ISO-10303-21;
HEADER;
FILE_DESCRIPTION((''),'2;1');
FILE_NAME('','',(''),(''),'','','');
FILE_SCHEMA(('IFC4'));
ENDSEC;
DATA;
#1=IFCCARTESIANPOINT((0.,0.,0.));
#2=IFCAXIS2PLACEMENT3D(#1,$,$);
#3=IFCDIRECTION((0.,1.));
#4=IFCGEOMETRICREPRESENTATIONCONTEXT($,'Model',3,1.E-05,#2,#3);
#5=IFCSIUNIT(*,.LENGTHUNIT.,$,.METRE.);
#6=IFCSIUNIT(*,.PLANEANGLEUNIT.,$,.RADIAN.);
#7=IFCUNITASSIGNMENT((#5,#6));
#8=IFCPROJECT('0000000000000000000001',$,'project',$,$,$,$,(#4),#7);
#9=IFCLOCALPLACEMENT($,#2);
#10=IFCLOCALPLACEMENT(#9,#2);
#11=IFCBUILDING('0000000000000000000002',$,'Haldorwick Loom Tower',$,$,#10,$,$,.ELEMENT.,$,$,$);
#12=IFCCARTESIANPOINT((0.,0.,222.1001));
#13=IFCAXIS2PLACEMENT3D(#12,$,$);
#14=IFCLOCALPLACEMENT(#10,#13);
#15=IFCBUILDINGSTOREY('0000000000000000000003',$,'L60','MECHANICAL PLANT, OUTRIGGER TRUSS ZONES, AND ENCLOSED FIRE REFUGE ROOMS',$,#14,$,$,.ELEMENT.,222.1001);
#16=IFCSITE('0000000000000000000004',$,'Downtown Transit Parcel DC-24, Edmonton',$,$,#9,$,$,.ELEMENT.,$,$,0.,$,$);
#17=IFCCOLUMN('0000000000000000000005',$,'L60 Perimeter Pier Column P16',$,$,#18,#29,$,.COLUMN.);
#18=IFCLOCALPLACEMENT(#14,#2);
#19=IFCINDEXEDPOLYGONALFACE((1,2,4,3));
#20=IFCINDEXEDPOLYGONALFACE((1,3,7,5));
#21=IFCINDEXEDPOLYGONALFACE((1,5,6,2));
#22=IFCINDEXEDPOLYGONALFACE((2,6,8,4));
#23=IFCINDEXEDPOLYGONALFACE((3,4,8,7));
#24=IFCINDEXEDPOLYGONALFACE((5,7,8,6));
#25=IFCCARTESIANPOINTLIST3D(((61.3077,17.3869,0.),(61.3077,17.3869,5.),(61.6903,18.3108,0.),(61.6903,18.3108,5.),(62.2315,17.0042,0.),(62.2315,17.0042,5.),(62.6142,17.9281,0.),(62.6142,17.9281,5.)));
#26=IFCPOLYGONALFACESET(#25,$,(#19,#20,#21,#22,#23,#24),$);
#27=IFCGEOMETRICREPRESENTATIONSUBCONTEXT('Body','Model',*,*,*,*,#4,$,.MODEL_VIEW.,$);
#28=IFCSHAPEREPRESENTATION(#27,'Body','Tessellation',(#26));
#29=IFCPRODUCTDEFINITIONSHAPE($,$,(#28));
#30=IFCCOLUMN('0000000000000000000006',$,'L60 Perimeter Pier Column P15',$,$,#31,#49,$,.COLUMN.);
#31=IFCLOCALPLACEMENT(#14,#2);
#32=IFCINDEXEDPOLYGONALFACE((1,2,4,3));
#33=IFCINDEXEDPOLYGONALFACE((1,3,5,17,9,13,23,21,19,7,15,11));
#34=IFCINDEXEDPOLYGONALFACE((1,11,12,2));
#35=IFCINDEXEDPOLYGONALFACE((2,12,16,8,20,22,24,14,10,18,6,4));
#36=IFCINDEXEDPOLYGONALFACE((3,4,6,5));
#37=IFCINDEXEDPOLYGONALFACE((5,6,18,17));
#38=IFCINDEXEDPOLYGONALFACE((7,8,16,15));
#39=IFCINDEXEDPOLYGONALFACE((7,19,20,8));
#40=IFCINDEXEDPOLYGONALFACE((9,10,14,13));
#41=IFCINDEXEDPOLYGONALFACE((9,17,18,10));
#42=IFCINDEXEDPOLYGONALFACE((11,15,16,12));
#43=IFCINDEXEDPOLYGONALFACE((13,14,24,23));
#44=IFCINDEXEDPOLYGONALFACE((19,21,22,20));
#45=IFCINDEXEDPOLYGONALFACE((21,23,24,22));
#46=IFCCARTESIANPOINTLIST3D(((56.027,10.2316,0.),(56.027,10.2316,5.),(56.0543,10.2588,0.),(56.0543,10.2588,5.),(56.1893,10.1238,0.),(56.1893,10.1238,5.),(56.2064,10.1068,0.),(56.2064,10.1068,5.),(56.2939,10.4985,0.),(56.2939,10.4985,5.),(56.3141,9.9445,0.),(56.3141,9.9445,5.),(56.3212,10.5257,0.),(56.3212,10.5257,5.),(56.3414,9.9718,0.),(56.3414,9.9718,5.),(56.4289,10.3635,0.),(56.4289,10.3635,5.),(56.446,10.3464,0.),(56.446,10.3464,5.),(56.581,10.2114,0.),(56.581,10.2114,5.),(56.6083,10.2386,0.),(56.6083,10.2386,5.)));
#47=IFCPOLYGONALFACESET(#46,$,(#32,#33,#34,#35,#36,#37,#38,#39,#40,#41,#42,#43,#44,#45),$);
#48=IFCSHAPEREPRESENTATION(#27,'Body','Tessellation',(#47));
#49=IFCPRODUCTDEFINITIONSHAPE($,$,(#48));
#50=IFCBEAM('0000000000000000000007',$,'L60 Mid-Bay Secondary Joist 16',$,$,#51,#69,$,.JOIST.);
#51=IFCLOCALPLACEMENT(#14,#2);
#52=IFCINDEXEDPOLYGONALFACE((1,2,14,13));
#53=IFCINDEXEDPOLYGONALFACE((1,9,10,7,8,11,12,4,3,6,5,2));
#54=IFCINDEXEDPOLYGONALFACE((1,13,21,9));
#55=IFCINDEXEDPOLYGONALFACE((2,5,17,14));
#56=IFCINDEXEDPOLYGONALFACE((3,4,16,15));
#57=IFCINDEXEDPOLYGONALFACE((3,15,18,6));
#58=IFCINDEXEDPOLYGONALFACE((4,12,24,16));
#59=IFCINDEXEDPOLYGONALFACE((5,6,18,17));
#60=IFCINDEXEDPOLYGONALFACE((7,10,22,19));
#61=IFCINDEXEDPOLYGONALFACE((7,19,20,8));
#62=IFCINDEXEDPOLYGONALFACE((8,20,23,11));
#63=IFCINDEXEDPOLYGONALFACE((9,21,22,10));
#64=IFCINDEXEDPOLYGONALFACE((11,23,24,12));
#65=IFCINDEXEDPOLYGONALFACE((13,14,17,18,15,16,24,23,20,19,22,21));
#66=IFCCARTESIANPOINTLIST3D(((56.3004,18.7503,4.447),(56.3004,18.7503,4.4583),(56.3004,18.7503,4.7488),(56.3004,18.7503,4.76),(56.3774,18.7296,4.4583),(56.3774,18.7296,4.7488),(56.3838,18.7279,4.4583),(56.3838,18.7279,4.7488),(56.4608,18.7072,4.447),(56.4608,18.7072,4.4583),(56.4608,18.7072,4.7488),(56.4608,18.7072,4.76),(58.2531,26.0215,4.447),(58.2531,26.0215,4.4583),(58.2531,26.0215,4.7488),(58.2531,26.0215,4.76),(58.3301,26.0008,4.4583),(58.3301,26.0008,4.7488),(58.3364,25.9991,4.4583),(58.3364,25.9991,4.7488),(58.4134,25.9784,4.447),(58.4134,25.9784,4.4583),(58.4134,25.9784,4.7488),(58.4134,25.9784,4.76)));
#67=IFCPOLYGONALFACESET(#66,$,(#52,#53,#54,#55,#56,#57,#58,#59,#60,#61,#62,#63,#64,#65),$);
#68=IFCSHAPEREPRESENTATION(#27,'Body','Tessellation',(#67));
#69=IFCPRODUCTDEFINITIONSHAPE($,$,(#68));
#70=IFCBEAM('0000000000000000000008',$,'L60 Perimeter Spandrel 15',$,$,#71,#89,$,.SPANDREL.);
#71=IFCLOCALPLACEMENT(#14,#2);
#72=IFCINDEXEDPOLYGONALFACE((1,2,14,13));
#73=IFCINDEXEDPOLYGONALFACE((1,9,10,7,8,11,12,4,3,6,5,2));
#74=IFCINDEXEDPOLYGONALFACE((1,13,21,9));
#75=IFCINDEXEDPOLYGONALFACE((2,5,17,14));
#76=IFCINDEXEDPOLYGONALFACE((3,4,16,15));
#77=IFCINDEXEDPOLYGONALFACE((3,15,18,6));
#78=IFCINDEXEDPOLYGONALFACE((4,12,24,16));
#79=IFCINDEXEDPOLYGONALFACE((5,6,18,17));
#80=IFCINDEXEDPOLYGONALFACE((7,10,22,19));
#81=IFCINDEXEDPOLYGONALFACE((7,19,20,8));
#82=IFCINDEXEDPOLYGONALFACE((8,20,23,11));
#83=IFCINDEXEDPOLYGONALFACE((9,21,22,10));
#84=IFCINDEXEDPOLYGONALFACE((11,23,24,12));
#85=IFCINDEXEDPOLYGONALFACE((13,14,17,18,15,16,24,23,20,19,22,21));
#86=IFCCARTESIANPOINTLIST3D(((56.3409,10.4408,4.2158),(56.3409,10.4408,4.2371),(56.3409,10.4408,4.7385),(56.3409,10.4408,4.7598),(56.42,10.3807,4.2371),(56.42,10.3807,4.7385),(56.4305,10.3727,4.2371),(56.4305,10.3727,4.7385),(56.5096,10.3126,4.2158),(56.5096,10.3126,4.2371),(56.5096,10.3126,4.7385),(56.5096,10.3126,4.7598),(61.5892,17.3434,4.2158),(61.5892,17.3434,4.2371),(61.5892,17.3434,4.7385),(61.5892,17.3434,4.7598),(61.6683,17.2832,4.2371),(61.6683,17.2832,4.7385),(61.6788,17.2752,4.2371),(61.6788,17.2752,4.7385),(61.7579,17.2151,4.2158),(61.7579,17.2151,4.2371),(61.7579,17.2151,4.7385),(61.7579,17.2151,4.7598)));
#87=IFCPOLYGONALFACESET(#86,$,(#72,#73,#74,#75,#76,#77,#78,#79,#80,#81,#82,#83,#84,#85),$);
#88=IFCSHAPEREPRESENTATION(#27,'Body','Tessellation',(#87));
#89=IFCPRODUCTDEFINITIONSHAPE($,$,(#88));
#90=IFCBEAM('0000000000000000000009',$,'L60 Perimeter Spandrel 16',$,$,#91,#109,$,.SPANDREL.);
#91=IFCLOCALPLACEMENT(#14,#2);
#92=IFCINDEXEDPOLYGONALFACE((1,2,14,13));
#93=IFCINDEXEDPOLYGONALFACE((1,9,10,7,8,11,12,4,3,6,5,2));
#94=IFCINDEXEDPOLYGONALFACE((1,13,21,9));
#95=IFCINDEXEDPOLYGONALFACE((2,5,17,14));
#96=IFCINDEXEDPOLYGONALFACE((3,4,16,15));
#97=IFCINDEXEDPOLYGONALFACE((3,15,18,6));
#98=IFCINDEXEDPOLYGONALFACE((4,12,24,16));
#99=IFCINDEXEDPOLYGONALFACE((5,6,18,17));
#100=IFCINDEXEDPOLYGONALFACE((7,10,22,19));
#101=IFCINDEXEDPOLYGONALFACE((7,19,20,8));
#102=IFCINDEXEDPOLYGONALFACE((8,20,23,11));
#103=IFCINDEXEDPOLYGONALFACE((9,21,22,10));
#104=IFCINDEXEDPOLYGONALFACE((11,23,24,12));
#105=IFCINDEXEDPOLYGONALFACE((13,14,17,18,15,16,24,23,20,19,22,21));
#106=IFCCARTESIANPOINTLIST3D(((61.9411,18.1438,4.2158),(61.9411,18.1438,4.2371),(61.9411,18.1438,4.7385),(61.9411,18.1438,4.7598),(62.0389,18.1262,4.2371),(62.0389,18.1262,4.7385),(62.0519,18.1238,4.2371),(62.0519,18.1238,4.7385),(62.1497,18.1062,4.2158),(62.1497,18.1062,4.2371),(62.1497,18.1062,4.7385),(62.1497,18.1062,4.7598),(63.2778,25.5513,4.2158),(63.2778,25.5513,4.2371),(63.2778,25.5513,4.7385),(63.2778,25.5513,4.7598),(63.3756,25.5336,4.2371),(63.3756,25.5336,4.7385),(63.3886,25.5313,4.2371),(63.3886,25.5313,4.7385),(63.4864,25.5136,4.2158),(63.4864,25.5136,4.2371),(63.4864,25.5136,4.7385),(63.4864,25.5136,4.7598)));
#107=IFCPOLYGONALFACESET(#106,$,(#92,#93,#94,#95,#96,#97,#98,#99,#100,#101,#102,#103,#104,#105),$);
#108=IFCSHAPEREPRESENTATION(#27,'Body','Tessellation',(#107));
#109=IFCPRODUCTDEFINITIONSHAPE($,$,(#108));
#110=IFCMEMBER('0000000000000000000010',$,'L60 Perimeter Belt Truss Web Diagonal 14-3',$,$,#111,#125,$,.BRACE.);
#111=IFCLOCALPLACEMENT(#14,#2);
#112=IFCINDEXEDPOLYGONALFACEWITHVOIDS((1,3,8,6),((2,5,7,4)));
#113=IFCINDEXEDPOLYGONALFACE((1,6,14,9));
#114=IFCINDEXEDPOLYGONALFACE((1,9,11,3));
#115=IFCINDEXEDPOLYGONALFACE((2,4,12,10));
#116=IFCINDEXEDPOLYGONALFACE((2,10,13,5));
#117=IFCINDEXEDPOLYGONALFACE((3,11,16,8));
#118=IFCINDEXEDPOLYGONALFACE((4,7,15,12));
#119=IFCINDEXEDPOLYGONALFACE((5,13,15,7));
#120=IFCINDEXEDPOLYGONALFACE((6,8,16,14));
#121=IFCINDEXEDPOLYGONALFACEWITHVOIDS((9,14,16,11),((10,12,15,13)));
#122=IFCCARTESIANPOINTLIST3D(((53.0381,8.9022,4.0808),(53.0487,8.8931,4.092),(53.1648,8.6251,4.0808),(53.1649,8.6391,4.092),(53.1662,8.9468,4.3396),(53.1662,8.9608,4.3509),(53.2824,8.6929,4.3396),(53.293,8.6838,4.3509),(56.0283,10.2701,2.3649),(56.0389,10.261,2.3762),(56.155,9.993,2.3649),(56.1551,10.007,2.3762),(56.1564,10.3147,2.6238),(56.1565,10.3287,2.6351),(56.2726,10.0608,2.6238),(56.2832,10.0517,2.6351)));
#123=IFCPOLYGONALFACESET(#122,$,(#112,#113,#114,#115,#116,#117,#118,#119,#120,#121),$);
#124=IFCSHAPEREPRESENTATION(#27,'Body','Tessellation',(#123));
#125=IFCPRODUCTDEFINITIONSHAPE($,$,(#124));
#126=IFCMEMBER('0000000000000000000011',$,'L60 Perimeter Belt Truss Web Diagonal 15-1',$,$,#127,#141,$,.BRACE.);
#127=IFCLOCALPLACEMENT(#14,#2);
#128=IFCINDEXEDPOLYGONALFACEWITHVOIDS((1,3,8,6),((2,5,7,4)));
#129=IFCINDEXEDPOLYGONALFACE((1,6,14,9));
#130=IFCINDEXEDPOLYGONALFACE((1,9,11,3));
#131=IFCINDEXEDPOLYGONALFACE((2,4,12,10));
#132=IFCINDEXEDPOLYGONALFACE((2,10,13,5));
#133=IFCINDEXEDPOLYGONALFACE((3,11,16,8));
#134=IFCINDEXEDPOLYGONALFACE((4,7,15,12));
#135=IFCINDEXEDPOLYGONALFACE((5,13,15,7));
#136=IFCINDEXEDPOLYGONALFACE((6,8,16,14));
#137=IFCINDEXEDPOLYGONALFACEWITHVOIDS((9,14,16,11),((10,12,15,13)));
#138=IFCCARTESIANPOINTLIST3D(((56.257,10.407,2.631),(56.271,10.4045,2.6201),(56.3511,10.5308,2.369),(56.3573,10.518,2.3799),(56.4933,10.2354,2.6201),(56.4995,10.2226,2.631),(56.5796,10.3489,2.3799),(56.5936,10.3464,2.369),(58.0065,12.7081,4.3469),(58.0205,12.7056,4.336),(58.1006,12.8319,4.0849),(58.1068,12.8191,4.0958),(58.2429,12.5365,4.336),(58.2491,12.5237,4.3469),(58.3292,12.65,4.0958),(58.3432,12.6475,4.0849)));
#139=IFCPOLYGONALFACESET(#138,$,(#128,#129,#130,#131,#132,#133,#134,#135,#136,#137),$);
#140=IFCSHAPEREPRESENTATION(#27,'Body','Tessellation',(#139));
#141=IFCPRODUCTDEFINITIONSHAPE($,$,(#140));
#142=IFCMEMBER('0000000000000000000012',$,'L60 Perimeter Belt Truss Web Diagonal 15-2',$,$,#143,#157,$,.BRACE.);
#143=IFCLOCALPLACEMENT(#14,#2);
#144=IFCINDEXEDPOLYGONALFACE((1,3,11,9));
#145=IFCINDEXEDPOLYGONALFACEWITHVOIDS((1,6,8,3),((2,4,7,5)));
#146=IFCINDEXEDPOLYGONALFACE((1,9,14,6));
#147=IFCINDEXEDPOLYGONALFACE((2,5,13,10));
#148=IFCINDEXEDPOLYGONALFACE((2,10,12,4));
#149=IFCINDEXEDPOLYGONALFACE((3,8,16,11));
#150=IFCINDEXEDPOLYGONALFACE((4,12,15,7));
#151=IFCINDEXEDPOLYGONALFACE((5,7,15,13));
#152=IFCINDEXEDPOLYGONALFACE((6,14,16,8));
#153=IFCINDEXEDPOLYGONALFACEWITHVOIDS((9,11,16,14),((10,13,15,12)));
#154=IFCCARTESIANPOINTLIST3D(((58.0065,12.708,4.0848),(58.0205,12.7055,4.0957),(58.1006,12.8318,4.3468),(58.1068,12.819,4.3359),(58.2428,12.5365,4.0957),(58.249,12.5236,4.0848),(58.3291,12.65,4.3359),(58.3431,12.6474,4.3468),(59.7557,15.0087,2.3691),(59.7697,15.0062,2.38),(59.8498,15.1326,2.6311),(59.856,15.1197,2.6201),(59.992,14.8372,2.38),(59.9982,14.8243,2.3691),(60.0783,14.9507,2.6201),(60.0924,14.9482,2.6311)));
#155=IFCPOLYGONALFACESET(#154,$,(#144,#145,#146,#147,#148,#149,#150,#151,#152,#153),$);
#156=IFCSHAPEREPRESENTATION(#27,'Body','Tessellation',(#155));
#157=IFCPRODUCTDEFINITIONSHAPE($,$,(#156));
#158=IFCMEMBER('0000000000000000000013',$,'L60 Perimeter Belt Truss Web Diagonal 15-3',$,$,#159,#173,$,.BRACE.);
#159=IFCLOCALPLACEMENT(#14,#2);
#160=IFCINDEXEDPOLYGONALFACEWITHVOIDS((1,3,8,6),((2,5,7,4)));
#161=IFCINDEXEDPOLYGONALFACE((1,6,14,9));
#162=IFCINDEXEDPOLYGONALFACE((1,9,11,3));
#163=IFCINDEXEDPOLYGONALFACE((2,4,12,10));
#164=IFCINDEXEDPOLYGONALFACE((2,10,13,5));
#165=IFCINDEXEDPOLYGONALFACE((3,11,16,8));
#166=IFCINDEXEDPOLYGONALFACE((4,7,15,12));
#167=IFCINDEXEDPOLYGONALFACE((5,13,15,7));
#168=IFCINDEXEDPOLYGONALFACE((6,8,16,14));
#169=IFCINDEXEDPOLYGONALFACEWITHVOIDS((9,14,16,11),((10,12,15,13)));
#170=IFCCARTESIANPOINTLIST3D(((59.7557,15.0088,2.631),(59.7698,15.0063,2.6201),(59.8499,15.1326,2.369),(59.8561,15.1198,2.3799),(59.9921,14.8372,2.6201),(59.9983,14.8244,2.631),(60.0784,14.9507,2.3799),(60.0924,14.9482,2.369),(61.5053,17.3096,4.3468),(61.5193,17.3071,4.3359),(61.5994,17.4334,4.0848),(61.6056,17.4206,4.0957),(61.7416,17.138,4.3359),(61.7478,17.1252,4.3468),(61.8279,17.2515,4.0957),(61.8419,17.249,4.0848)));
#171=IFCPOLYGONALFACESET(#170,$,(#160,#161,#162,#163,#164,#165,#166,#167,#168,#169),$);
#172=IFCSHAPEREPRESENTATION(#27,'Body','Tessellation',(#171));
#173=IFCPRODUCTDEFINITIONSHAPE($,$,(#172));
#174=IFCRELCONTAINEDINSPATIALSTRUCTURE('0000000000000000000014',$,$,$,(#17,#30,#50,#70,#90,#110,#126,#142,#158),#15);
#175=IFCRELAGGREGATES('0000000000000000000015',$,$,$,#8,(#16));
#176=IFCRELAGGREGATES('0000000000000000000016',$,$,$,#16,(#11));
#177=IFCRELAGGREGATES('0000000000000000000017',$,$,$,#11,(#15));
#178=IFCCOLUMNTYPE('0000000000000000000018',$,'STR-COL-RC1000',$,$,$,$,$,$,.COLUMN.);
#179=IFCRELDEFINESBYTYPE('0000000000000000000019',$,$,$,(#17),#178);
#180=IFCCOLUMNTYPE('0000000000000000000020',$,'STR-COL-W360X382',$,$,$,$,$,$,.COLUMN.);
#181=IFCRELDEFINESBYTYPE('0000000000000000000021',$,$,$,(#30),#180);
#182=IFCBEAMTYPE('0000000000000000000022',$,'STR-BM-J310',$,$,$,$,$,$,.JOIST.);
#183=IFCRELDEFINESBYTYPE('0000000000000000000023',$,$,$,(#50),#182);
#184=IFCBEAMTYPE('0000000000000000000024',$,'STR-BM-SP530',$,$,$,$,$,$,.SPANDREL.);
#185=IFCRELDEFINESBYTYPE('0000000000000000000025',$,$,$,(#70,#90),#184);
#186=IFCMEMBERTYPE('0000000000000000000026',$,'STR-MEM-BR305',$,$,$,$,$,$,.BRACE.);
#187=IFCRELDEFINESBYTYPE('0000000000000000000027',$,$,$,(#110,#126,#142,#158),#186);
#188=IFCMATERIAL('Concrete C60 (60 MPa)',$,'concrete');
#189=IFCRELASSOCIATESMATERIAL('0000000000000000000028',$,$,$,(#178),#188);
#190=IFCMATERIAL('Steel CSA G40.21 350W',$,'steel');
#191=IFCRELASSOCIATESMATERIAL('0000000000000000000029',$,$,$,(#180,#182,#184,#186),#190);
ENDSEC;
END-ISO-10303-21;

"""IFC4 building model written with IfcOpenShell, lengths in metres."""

from ifc_helpers import new_model, si_unit, direction, frame, origin, origin_2d, place, context, subcontext, project, spatial, rectangle, hollow_rectangle, i_section, extrude, material, material_profile, profile_set, type_object, element, save


model = new_model("IFC4")

# Units and contexts
model_context = context("Model", 3, precision=1e-05, world=origin(), true_north=direction((0.0, 1.0)))
body_context = subcontext(model_context, "Body", "Model", "MODEL_VIEW")
ifc_project = project(units=[si_unit("LENGTHUNIT", "METRE"), si_unit("PLANEANGLEUNIT", "RADIAN")], contexts=[model_context])

# Site, building, storey
site_placement = place(None, origin())
site = spatial("IfcSite", under=ifc_project, at=site_placement, Name="Downtown Transit Parcel DC-24, Edmonton", CompositionType="ELEMENT", RefElevation=0.0)
building_placement = place(site_placement, origin())
building = spatial("IfcBuilding", under=site, at=building_placement, Name="Haldorwick Loom Tower", CompositionType="ELEMENT")
storey_placement = place(building_placement, frame((0.0, 0.0, 222.1001)))
storey = spatial("IfcBuildingStorey", under=building, at=storey_placement, Name="L60", Description="MECHANICAL PLANT, OUTRIGGER TRUSS ZONES, AND ENCLOSED FIRE REFUGE ROOMS", CompositionType="ELEMENT", Elevation=222.1001)

# Columns
ifc_material_1 = material(Name="Concrete C60 (60 MPa)", Category="concrete")
ifc_material_profile_1 = material_profile(ifc_material_1, rectangle(XDim=1.0, YDim=1.0, at=origin_2d()), Name="RC1000X1000", Category="concrete")
ifc_profile_set_1 = profile_set([ifc_material_profile_1], Name="Concrete C60 (60 MPa)")
column_type_1 = type_object("IfcColumnType", Name="STR-COL-RC1000", PredefinedType="COLUMN", material=ifc_profile_set_1)
column_1_placement = place(storey_placement, frame((61.9609, 17.6575, 0.0), z_axis=(0.0, 0.0, 1.0), x_axis=(0.92388, -0.382683, 0.0)))
element("IfcColumn", 1, at=column_1_placement, inside=storey, type_object=column_type_1, Name="L60 Perimeter Pier Column P16", PredefinedType="COLUMN", context=body_context, shape_type="SweptSolid", body=[
    extrude(rectangle(XDim=1.0, YDim=1.0, at=origin_2d()), origin(), (0.0, 0.0, 1.0), 5.0),
])
ifc_material_2 = material(Name="Steel CSA G40.21 350W", Category="steel")
ifc_material_profile_2 = material_profile(ifc_material_2, i_section(OverallWidth=0.406, OverallDepth=0.416, WebThickness=0.0242, FlangeThickness=0.0386, at=origin_2d()), Name="W360X382", Category="steel")
ifc_profile_set_2 = profile_set([ifc_material_profile_2], Name="Steel CSA G40.21 350W")
column_type_2 = type_object("IfcColumnType", Name="STR-COL-W360X382", PredefinedType="COLUMN", material=ifc_profile_set_2)
column_2_placement = place(storey_placement, frame((56.3176, 10.2351, 0.0), z_axis=(0.0, 0.0, 1.0), x_axis=(0.707107, -0.707107, 0.0)))
element("IfcColumn", 2, at=column_2_placement, inside=storey, type_object=column_type_2, Name="L60 Perimeter Pier Column P15", PredefinedType="COLUMN", context=body_context, shape_type="SweptSolid", body=[
    extrude(i_section(OverallWidth=0.406, OverallDepth=0.416, WebThickness=0.0242, FlangeThickness=0.0386, at=origin_2d()), origin(), (0.0, 0.0, 1.0), 5.0),
])

# Beams
ifc_material_profile_3 = material_profile(ifc_material_2, i_section(OverallWidth=0.166, OverallDepth=0.313, WebThickness=0.0066, FlangeThickness=0.0112, at=origin_2d()), Name="W310X45", Category="steel")
ifc_profile_set_3 = profile_set([ifc_material_profile_3], Name="Steel CSA G40.21 350W")
beam_type_1 = type_object("IfcBeamType", Name="STR-BM-J310", PredefinedType="JOIST", material=ifc_profile_set_3)
beam_1_placement = place(storey_placement, frame((56.3806, 18.7288, 4.6035), z_axis=(0.259354, 0.965782, 0.0), x_axis=(-0.965782, 0.259354, 0.0)))
element("IfcBeam", 3, at=beam_1_placement, inside=storey, type_object=beam_type_1, Name="L60 Mid-Bay Secondary Joist 16", PredefinedType="JOIST", context=body_context, shape_type="SweptSolid", body=[
    extrude(i_section(OverallWidth=0.166, OverallDepth=0.313, WebThickness=0.0066, FlangeThickness=0.0112, at=origin_2d()), origin(), (0.0, 0.0, 1.0), 7.5288),
])
ifc_material_profile_4 = material_profile(ifc_material_2, i_section(OverallWidth=0.2119, OverallDepth=0.5439, WebThickness=0.0132, FlangeThickness=0.0212, at=origin_2d()), Name="W530X123", Category="steel")
ifc_profile_set_4 = profile_set([ifc_material_profile_4], Name="Steel CSA G40.21 350W")
beam_type_2 = type_object("IfcBeamType", Name="STR-BM-SP530", PredefinedType="SPANDREL", material=ifc_profile_set_4)
beam_2_placement = place(storey_placement, frame((56.4253, 10.3767, 4.4878), z_axis=(0.605253, 0.796033, 0.0), x_axis=(-0.796033, 0.605253, 0.0)))
element("IfcBeam", 4, at=beam_2_placement, inside=storey, type_object=beam_type_2, Name="L60 Perimeter Spandrel 15", PredefinedType="SPANDREL", context=body_context, shape_type="SweptSolid", body=[
    extrude(i_section(OverallWidth=0.2119, OverallDepth=0.5439, WebThickness=0.0132, FlangeThickness=0.0212, at=origin_2d()), origin(), (0.0, 0.0, 1.0), 8.6711),
])
beam_3_placement = place(storey_placement, frame((62.0454, 18.125, 4.4878), z_axis=(0.177581, 0.984106, 0.0), x_axis=(-0.984106, 0.177581, 0.0)))
element("IfcBeam", 5, at=beam_3_placement, inside=storey, type_object=beam_type_2, Name="L60 Perimeter Spandrel 16", PredefinedType="SPANDREL", context=body_context, shape_type="SweptSolid", body=[
    extrude(i_section(OverallWidth=0.2119, OverallDepth=0.5439, WebThickness=0.0132, FlangeThickness=0.0212, at=origin_2d()), origin(), (0.0, 0.0, 1.0), 7.5271),
])

# Members
ifc_material_profile_5 = material_profile(ifc_material_2, hollow_rectangle(XDim=0.3047, YDim=0.3047, WallThickness=0.0127, at=origin_2d()), Name="HSS305X305X13", Category="steel")
ifc_profile_set_5 = profile_set([ifc_material_profile_5], Name="Steel CSA G40.21 350W")
member_type_1 = type_object("IfcMemberType", Name="STR-MEM-BR305", PredefinedType="BRACE", material=ifc_profile_set_5)
member_1_placement = place(storey_placement, frame((53.1655, 8.793, 4.2158), z_axis=(0.806208, 0.36881, -0.462609), x_axis=(-0.416, 0.909365, 0.0)))
element("IfcMember", 6, at=member_1_placement, inside=storey, type_object=member_type_1, Name="L60 Perimeter Belt Truss Web Diagonal 14-3", PredefinedType="BRACE", context=body_context, shape_type="SweptSolid", body=[
    extrude(hollow_rectangle(XDim=0.3047, YDim=0.3047, WallThickness=0.0127, at=origin_2d()), origin(), (0.0, 0.0, 1.0), 3.709),
])
member_2_placement = place(storey_placement, frame((56.4253, 10.3767, 2.5), z_axis=(0.520459, 0.684527, 0.510436), x_axis=(-0.79604, 0.605244, 0.0)))
element("IfcMember", 7, at=member_2_placement, inside=storey, type_object=member_type_1, Name="L60 Perimeter Belt Truss Web Diagonal 15-1", PredefinedType="BRACE", context=body_context, shape_type="SweptSolid", body=[
    extrude(hollow_rectangle(XDim=0.3047, YDim=0.3047, WallThickness=0.0127, at=origin_2d()), origin(), (0.0, 0.0, 1.0), 3.3616),
])
member_3_placement = place(storey_placement, frame((58.1748, 12.6777, 4.2158), z_axis=(0.520432, 0.684515, -0.510481), x_axis=(-0.79605, 0.605231, 0.0)))
element("IfcMember", 8, at=member_3_placement, inside=storey, type_object=member_type_1, Name="L60 Perimeter Belt Truss Web Diagonal 15-2", PredefinedType="BRACE", context=body_context, shape_type="SweptSolid", body=[
    extrude(hollow_rectangle(XDim=0.3047, YDim=0.3047, WallThickness=0.0127, at=origin_2d()), origin(), (0.0, 0.0, 1.0), 3.3611),
])
member_4_placement = place(storey_placement, frame((59.9241, 14.9785, 2.5), z_axis=(0.520485, 0.684489, 0.510461), x_axis=(-0.796009, 0.605285, 0.0)))
element("IfcMember", 9, at=member_4_placement, inside=storey, type_object=member_type_1, Name="L60 Perimeter Belt Truss Web Diagonal 15-3", PredefinedType="BRACE", context=body_context, shape_type="SweptSolid", body=[
    extrude(hollow_rectangle(XDim=0.3047, YDim=0.3047, WallThickness=0.0127, at=origin_2d()), origin(), (0.0, 0.0, 1.0), 3.3613),
])

save(model, "model.ifc")
